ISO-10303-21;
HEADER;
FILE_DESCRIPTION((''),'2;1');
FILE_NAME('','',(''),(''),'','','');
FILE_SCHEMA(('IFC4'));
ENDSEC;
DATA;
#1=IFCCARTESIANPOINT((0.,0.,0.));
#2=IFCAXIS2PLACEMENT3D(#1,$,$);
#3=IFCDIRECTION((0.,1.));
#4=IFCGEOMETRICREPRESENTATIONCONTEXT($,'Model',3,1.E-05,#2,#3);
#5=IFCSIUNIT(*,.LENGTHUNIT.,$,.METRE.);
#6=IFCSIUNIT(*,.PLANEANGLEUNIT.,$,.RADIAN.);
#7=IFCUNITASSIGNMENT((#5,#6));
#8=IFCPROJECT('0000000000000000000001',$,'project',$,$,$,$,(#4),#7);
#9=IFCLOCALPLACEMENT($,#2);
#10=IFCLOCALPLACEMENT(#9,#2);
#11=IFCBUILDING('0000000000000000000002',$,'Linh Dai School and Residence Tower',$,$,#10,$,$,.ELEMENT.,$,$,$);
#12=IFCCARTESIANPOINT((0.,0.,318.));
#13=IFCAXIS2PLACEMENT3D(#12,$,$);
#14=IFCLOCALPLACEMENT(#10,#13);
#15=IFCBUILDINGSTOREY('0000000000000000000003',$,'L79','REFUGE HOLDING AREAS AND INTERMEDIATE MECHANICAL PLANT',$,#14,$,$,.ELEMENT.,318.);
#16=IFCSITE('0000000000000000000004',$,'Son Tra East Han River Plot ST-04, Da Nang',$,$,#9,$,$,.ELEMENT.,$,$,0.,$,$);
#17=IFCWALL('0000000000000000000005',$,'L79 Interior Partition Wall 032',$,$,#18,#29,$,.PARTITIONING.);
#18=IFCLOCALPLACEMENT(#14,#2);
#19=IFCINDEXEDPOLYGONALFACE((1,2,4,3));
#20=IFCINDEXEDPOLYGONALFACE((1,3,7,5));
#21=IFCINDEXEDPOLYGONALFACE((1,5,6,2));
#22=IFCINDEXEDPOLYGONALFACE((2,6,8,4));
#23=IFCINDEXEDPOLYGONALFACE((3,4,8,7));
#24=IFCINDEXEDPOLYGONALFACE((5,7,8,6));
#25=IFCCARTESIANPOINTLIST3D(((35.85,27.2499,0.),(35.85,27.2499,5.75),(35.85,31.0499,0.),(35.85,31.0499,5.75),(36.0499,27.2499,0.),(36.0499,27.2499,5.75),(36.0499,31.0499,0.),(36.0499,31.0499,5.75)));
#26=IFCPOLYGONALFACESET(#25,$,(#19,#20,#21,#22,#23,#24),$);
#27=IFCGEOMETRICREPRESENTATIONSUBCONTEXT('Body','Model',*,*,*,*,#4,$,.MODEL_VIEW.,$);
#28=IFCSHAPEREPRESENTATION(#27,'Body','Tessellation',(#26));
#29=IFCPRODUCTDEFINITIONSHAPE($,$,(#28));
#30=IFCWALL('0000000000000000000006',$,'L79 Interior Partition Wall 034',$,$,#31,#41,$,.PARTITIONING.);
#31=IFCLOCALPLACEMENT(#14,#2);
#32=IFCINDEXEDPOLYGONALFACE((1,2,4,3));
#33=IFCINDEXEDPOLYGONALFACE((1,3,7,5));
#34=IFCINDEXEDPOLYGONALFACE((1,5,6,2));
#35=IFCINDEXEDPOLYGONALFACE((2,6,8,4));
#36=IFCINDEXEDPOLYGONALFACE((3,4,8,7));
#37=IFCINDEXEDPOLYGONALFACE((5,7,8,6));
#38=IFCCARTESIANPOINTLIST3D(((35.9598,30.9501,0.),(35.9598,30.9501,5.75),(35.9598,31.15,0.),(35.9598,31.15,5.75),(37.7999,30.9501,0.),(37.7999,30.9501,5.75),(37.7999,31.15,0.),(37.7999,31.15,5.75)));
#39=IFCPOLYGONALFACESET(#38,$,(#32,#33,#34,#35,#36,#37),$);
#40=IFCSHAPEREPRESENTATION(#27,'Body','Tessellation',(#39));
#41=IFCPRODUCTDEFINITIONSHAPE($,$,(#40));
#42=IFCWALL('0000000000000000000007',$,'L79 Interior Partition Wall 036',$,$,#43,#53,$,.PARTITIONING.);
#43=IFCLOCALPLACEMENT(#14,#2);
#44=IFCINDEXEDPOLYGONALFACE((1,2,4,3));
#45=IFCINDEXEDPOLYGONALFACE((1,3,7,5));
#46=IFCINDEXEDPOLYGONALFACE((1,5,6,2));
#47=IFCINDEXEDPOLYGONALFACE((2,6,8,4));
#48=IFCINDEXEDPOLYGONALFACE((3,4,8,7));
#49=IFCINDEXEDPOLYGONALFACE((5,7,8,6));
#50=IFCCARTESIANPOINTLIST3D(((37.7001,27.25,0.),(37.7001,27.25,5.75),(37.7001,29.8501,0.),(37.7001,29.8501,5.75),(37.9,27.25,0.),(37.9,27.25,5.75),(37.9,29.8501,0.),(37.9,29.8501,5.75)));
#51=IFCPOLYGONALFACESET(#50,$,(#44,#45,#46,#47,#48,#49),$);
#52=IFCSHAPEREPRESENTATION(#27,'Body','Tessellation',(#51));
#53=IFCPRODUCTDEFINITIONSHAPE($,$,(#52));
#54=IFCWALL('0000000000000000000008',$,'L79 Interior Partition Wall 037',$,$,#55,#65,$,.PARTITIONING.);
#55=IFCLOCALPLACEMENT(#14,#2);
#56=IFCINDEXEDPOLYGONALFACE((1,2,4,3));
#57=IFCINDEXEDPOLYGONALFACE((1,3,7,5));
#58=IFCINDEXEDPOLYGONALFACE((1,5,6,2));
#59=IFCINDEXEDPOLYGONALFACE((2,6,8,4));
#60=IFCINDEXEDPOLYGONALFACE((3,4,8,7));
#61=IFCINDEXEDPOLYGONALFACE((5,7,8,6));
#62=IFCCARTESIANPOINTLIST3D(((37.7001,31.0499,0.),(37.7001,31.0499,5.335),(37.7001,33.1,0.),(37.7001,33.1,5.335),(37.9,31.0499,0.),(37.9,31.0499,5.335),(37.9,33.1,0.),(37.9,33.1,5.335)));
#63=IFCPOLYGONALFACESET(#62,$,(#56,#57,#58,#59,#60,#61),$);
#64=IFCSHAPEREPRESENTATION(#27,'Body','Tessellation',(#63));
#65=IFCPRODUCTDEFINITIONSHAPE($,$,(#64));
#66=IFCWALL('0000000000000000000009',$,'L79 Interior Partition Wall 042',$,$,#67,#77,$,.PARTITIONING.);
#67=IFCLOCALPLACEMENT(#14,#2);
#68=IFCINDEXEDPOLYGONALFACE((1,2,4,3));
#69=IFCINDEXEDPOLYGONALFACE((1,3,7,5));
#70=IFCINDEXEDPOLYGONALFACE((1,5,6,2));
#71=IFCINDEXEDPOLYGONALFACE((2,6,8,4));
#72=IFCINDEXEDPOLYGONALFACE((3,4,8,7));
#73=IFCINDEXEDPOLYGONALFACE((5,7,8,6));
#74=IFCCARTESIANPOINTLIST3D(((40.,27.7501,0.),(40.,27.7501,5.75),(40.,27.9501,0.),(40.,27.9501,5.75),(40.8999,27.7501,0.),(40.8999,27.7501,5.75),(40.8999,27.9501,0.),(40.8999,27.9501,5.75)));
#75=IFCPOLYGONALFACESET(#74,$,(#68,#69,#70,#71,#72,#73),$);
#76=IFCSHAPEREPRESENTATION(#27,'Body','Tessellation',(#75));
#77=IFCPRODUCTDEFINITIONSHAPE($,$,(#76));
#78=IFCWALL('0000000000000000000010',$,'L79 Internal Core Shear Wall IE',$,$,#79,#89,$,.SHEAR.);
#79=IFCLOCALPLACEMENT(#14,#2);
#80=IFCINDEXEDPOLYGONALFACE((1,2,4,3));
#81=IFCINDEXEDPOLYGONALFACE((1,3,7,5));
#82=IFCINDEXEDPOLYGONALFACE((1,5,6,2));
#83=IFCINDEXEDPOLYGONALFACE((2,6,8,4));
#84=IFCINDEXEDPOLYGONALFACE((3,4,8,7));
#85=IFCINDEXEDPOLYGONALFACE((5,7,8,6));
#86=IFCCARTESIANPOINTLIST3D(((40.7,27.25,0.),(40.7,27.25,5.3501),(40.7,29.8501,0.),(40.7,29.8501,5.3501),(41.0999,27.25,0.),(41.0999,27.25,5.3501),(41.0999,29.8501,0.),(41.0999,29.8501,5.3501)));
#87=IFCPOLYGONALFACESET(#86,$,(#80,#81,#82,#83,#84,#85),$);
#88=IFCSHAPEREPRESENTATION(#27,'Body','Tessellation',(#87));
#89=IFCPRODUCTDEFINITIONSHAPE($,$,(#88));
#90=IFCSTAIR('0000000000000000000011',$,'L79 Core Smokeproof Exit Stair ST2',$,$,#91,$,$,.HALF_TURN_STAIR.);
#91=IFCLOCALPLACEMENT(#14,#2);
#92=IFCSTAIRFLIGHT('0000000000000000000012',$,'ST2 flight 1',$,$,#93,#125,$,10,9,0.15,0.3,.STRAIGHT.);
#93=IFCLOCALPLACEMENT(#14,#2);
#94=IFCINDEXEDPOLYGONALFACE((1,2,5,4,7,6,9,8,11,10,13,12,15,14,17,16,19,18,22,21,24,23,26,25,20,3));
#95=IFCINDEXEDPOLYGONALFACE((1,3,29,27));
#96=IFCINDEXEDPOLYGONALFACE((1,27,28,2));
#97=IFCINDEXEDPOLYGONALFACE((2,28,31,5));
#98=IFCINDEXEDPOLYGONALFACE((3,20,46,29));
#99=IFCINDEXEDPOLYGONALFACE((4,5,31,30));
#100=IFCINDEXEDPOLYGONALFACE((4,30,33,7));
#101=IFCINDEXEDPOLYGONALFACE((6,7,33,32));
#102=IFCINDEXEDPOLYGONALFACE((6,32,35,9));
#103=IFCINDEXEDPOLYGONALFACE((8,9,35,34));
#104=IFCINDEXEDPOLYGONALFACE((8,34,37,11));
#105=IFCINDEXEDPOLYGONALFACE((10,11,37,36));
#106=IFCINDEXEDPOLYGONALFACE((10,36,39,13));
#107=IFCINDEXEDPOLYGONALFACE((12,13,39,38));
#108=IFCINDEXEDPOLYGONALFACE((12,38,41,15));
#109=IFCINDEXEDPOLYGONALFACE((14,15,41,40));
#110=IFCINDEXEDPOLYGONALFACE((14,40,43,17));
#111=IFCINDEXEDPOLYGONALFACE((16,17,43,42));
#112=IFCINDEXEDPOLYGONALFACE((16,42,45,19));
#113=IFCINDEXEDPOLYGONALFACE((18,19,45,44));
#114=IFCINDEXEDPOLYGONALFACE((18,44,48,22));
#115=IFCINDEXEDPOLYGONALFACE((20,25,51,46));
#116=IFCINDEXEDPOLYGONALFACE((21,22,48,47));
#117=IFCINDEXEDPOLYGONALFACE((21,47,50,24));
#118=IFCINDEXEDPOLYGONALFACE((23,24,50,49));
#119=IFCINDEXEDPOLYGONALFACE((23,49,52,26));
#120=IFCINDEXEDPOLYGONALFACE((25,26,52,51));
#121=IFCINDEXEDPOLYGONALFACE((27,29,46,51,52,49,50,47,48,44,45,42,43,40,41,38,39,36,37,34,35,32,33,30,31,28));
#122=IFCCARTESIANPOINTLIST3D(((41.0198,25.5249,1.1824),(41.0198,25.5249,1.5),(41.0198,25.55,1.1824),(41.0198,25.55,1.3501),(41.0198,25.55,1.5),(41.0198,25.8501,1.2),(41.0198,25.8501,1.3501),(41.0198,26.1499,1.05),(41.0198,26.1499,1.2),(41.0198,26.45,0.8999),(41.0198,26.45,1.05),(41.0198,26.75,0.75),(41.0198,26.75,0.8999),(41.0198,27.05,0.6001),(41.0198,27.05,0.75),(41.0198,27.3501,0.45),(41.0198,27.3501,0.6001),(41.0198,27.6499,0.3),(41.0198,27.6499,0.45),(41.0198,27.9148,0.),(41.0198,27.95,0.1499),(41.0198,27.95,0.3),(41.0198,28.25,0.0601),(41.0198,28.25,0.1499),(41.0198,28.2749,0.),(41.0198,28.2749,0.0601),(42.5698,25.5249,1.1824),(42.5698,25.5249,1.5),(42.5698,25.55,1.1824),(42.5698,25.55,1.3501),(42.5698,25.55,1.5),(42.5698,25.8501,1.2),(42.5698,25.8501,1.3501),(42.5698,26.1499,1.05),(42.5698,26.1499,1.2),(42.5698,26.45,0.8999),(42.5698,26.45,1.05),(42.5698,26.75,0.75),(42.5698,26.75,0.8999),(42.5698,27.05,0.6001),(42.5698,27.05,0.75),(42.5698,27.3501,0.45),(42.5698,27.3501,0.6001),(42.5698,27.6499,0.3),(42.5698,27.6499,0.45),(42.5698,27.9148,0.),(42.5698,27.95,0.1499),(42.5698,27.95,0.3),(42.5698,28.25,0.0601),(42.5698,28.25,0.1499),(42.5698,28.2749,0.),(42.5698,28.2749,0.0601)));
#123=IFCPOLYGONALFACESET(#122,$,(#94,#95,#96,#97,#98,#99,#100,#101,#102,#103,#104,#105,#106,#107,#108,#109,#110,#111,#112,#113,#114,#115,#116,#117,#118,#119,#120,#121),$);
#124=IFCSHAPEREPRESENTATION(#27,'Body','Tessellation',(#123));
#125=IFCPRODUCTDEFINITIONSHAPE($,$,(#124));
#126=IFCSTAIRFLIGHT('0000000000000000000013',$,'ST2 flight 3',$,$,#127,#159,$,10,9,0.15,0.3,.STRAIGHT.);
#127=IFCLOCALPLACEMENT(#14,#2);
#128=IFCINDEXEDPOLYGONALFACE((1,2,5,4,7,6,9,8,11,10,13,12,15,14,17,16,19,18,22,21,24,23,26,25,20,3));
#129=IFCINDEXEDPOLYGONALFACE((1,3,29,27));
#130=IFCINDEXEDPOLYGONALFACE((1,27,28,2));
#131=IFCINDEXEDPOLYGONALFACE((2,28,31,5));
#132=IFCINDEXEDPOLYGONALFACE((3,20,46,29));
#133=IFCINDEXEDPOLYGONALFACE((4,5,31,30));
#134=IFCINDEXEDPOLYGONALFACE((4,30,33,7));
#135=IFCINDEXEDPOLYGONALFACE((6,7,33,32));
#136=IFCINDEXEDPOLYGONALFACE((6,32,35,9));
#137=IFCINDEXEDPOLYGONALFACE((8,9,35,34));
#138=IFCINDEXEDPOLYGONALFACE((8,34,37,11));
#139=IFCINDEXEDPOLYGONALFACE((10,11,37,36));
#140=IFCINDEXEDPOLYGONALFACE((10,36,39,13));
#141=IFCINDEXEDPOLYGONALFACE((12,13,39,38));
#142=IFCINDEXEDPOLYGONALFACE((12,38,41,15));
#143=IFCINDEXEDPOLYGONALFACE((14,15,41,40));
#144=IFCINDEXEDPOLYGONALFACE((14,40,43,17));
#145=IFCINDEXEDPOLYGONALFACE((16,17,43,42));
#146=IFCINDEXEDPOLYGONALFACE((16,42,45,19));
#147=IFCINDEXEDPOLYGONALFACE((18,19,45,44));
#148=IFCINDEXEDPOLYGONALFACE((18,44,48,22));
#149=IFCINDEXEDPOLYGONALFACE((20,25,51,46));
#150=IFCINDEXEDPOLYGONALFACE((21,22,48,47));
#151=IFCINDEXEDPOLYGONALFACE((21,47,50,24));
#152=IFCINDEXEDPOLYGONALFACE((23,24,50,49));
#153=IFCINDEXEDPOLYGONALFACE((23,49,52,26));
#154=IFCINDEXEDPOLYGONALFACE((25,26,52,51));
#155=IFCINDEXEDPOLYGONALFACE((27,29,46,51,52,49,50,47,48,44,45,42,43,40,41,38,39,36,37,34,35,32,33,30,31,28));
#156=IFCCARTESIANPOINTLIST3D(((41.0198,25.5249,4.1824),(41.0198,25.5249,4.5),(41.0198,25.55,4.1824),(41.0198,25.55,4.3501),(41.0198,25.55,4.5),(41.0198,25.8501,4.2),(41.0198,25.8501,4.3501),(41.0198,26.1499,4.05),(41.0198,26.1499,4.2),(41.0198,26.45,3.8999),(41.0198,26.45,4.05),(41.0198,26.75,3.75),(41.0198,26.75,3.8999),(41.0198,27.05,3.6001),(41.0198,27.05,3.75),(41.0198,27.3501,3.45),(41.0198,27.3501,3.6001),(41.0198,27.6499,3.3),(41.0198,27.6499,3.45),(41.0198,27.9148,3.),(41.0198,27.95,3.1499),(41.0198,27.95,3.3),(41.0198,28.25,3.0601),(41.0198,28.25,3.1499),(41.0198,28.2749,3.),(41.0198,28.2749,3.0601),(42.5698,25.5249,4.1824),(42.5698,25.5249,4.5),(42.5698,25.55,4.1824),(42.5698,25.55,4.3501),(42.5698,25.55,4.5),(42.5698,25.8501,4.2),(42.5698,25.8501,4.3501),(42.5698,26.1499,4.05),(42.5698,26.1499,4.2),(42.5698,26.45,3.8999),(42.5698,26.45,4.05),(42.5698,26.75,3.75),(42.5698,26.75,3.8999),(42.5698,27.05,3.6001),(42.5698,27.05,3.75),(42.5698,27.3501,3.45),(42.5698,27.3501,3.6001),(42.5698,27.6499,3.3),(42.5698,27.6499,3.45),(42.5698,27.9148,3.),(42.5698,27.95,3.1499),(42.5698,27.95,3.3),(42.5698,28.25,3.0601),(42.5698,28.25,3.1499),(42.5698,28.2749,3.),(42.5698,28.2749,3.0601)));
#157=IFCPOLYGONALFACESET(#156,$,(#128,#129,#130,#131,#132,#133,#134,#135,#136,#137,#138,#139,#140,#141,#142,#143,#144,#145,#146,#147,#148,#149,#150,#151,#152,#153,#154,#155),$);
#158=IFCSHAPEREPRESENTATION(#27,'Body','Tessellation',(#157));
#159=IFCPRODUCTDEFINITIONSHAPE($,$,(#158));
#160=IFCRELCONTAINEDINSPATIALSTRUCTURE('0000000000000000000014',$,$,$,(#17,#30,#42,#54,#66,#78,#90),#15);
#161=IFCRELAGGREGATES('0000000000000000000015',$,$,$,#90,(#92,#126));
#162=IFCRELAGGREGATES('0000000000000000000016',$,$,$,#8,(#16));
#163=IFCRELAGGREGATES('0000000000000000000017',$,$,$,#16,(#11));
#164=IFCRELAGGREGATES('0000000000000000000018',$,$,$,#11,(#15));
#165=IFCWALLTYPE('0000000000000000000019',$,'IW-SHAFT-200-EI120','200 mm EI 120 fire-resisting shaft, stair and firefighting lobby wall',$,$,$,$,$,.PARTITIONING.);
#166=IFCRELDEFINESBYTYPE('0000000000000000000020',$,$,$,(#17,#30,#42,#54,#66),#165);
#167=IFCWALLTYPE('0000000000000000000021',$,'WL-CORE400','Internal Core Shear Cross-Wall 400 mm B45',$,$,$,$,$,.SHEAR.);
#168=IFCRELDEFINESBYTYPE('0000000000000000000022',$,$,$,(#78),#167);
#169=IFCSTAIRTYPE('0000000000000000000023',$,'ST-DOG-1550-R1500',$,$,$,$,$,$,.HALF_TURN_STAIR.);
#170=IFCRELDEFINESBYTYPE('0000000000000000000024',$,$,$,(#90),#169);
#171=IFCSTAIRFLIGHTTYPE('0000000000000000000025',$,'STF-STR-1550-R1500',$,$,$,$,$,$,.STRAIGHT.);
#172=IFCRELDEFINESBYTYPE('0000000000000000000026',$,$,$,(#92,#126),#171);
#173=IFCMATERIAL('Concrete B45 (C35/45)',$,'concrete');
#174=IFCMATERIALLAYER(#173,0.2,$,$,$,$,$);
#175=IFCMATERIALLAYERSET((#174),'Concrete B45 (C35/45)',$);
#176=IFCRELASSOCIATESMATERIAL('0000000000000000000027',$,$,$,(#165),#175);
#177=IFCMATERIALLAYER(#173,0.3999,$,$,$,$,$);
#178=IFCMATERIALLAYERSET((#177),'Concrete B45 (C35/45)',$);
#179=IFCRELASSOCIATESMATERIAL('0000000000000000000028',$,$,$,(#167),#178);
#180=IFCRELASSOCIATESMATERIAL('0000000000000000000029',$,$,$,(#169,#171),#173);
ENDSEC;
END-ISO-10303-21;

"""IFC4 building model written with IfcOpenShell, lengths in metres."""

from ifc_helpers import new_model, si_unit, direction, frame, frame_2d, origin, place, context, subcontext, project, spatial, polyline, rectangle, outline, extrude, source, transform, mapped, material, layer, layer_set, type_object, element, aggregate, save


model = new_model("IFC4")

# Units and contexts
model_context = context("Model", 3, precision=1e-05, world=origin(), true_north=direction((0.0, 1.0)))
body_context = subcontext(model_context, "Body", "Model", "MODEL_VIEW")
ifc_project = project(units=[si_unit("LENGTHUNIT", "METRE"), si_unit("PLANEANGLEUNIT", "RADIAN")], contexts=[model_context])

# Site, building, storey
site_placement = place(None, origin())
site = spatial("IfcSite", under=ifc_project, at=site_placement, Name="Son Tra East Han River Plot ST-04, Da Nang", CompositionType="ELEMENT", RefElevation=0.0)
building_placement = place(site_placement, origin())
building = spatial("IfcBuilding", under=site, at=building_placement, Name="Linh Dai School and Residence Tower", CompositionType="ELEMENT")
storey_placement = place(building_placement, frame((0.0, 0.0, 318.0)))
storey = spatial("IfcBuildingStorey", under=building, at=storey_placement, Name="L79", Description="REFUGE HOLDING AREAS AND INTERMEDIATE MECHANICAL PLANT", CompositionType="ELEMENT", Elevation=318.0)

# Wall
ifc_material_1 = material(Name="Concrete B45 (C35/45)", Category="concrete")
ifc_layer_1 = layer(ifc_material_1, 0.2)
ifc_layer_set_1 = layer_set([ifc_layer_1], Name="Concrete B45 (C35/45)")
wall_type_1 = type_object("IfcWallType", Name="IW-SHAFT-200-EI120", Description="200 mm EI 120 fire-resisting shaft, stair and firefighting lobby wall", PredefinedType="PARTITIONING", material=ifc_layer_set_1)
wall_1_placement = place(storey_placement, frame((35.95, 27.25, 0.0), z_axis=(0.0, 0.0, 1.0), x_axis=(0.0, 1.0, 0.0)))
element("IfcWall", 1, at=wall_1_placement, inside=storey, type_object=wall_type_1, Name="L79 Interior Partition Wall 032", PredefinedType="PARTITIONING", context=body_context, shape_type="SweptSolid", body=[
    extrude(rectangle(XDim=3.8, YDim=0.2, at=frame_2d((1.8999, 0.0))), origin(), (0.0, 0.0, 1.0), 5.75),
])

# Walls
wall_2_placement = place(storey_placement, frame((35.96, 31.05, 0.0), z_axis=(0.0, 0.0, 1.0), x_axis=(1.0, 0.0, 0.0)))
element("IfcWall", 2, at=wall_2_placement, inside=storey, type_object=wall_type_1, Name="L79 Interior Partition Wall 034", PredefinedType="PARTITIONING", context=body_context, shape_type="SweptSolid", body=[
    extrude(rectangle(XDim=1.8401, YDim=0.2, at=frame_2d((0.9199, 0.0))), origin(), (0.0, 0.0, 1.0), 5.75),
])
wall_3_placement = place(storey_placement, frame((37.8, 27.25, 0.0), z_axis=(0.0, 0.0, 1.0), x_axis=(0.0, 1.0, 0.0)))
element("IfcWall", 3, at=wall_3_placement, inside=storey, type_object=wall_type_1, Name="L79 Interior Partition Wall 036", PredefinedType="PARTITIONING", context=body_context, shape_type="SweptSolid", body=[
    extrude(rectangle(XDim=2.6001, YDim=0.2, at=frame_2d((1.3, 0.0))), origin(), (0.0, 0.0, 1.0), 5.75),
])
wall_4_placement = place(storey_placement, frame((37.8, 31.05, 0.0), z_axis=(0.0, 0.0, 1.0), x_axis=(0.0, 1.0, 0.0)))
element("IfcWall", 4, at=wall_4_placement, inside=storey, type_object=wall_type_1, Name="L79 Interior Partition Wall 037", PredefinedType="PARTITIONING", context=body_context, shape_type="SweptSolid", body=[
    extrude(rectangle(XDim=2.05, YDim=0.2, at=frame_2d((1.0249, 0.0))), origin(), (0.0, 0.0, 1.0), 5.335),
])
wall_5_placement = place(storey_placement, frame((40.0, 27.8501, 0.0), z_axis=(0.0, 0.0, 1.0), x_axis=(1.0, 0.0, 0.0)))
element("IfcWall", 5, at=wall_5_placement, inside=storey, type_object=wall_type_1, Name="L79 Interior Partition Wall 042", PredefinedType="PARTITIONING", context=body_context, shape_type="SweptSolid", body=[
    extrude(rectangle(XDim=0.8999, YDim=0.2, at=frame_2d((0.45, 0.0))), origin(), (0.0, 0.0, 1.0), 5.75),
])
ifc_layer_2 = layer(ifc_material_1, 0.3999)
ifc_layer_set_2 = layer_set([ifc_layer_2], Name="Concrete B45 (C35/45)")
wall_type_2 = type_object("IfcWallType", Name="WL-CORE400", Description="Internal Core Shear Cross-Wall 400 mm B45", PredefinedType="SHEAR", material=ifc_layer_set_2)
wall_6_placement = place(storey_placement, frame((40.8999, 27.25, 0.0), z_axis=(0.0, 0.0, 1.0), x_axis=(0.0, 1.0, 0.0)))
element("IfcWall", 6, at=wall_6_placement, inside=storey, type_object=wall_type_2, Name="L79 Internal Core Shear Wall IE", PredefinedType="SHEAR", context=body_context, shape_type="SweptSolid", body=[
    extrude(rectangle(XDim=2.6001, YDim=0.3999, at=frame_2d((1.3, 0.0))), origin(), (0.0, 0.0, 1.0), 5.3501),
])

# Stair, stair flights
stair_type = type_object("IfcStairType", Name="ST-DOG-1550-R1500", PredefinedType="HALF_TURN_STAIR", material=ifc_material_1)
stair_placement = place(storey_placement, origin())
stair = element("IfcStair", 7, at=stair_placement, inside=storey, type_object=stair_type, Name="L79 Core Smokeproof Exit Stair ST2", PredefinedType="HALF_TURN_STAIR")
stair_flight_type = type_object("IfcStairFlightType", Name="STF-STR-1550-R1500", PredefinedType="STRAIGHT", material=ifc_material_1)
shared_shape_1 = source(origin(), body_context, "Body", "SweptSolid", [
    extrude(outline(polyline([(-0.0249, 0.0), (-0.0249, 0.0601), (0.0, 0.0601), (0.0, 0.1499), (0.3, 0.1499), (0.3, 0.3), (0.6001, 0.3), (0.6001, 0.45), (0.8999, 0.45), (0.8999, 0.6001), (1.2, 0.6001), (1.2, 0.75), (1.5, 0.75), (1.5, 0.8999), (1.8, 0.8999), (1.8, 1.05), (2.1001, 1.05), (2.1001, 1.2), (2.3999, 1.2), (2.3999, 1.3501), (2.7, 1.3501), (2.7, 1.5), (2.7251, 1.5), (2.7251, 1.1824), (2.7, 1.1824), (0.3352, 0.0), (-0.0249, 0.0)])), frame((0.0, 0.7749, 0.0), z_axis=(0.0, -1.0, 0.0), x_axis=(1.0, 0.0, 0.0)), (0.0, 0.0, 1.0), 1.55),
])
stair_flight_1_placement = place(storey_placement, frame((41.7949, 28.25, 0.0), z_axis=(0.0, 0.0, 1.0), x_axis=(0.0, -1.0, 0.0)))
stair_flight_1 = element("IfcStairFlight", 8, at=stair_flight_1_placement, type_object=stair_flight_type, Name="ST2 flight 1", NumberOfRisers=10, NumberOfTreads=9, PredefinedType="STRAIGHT", RiserHeight=0.15, TreadLength=0.3, context=body_context, shape_type="MappedRepresentation", body=[
    mapped(shared_shape_1, transform((0.0, 0.0, 0.0), x_axis=(1.0, 0.0, 0.0), y_axis=(0.0, 1.0, 0.0), z_axis=(0.0, 0.0, 1.0), scale=1.0)),
])
stair_flight_2_placement = place(storey_placement, frame((41.7949, 28.25, 3.0), z_axis=(0.0, 0.0, 1.0), x_axis=(0.0, -1.0, 0.0)))
stair_flight_2 = element("IfcStairFlight", 9, at=stair_flight_2_placement, type_object=stair_flight_type, Name="ST2 flight 3", NumberOfRisers=10, NumberOfTreads=9, PredefinedType="STRAIGHT", RiserHeight=0.15, TreadLength=0.3, context=body_context, shape_type="MappedRepresentation", body=[
    mapped(shared_shape_1, transform((0.0, 0.0, 0.0), x_axis=(1.0, 0.0, 0.0), y_axis=(0.0, 1.0, 0.0), z_axis=(0.0, 0.0, 1.0), scale=1.0)),
])
aggregate(stair, [stair_flight_1, stair_flight_2])

save(model, "model.ifc")
